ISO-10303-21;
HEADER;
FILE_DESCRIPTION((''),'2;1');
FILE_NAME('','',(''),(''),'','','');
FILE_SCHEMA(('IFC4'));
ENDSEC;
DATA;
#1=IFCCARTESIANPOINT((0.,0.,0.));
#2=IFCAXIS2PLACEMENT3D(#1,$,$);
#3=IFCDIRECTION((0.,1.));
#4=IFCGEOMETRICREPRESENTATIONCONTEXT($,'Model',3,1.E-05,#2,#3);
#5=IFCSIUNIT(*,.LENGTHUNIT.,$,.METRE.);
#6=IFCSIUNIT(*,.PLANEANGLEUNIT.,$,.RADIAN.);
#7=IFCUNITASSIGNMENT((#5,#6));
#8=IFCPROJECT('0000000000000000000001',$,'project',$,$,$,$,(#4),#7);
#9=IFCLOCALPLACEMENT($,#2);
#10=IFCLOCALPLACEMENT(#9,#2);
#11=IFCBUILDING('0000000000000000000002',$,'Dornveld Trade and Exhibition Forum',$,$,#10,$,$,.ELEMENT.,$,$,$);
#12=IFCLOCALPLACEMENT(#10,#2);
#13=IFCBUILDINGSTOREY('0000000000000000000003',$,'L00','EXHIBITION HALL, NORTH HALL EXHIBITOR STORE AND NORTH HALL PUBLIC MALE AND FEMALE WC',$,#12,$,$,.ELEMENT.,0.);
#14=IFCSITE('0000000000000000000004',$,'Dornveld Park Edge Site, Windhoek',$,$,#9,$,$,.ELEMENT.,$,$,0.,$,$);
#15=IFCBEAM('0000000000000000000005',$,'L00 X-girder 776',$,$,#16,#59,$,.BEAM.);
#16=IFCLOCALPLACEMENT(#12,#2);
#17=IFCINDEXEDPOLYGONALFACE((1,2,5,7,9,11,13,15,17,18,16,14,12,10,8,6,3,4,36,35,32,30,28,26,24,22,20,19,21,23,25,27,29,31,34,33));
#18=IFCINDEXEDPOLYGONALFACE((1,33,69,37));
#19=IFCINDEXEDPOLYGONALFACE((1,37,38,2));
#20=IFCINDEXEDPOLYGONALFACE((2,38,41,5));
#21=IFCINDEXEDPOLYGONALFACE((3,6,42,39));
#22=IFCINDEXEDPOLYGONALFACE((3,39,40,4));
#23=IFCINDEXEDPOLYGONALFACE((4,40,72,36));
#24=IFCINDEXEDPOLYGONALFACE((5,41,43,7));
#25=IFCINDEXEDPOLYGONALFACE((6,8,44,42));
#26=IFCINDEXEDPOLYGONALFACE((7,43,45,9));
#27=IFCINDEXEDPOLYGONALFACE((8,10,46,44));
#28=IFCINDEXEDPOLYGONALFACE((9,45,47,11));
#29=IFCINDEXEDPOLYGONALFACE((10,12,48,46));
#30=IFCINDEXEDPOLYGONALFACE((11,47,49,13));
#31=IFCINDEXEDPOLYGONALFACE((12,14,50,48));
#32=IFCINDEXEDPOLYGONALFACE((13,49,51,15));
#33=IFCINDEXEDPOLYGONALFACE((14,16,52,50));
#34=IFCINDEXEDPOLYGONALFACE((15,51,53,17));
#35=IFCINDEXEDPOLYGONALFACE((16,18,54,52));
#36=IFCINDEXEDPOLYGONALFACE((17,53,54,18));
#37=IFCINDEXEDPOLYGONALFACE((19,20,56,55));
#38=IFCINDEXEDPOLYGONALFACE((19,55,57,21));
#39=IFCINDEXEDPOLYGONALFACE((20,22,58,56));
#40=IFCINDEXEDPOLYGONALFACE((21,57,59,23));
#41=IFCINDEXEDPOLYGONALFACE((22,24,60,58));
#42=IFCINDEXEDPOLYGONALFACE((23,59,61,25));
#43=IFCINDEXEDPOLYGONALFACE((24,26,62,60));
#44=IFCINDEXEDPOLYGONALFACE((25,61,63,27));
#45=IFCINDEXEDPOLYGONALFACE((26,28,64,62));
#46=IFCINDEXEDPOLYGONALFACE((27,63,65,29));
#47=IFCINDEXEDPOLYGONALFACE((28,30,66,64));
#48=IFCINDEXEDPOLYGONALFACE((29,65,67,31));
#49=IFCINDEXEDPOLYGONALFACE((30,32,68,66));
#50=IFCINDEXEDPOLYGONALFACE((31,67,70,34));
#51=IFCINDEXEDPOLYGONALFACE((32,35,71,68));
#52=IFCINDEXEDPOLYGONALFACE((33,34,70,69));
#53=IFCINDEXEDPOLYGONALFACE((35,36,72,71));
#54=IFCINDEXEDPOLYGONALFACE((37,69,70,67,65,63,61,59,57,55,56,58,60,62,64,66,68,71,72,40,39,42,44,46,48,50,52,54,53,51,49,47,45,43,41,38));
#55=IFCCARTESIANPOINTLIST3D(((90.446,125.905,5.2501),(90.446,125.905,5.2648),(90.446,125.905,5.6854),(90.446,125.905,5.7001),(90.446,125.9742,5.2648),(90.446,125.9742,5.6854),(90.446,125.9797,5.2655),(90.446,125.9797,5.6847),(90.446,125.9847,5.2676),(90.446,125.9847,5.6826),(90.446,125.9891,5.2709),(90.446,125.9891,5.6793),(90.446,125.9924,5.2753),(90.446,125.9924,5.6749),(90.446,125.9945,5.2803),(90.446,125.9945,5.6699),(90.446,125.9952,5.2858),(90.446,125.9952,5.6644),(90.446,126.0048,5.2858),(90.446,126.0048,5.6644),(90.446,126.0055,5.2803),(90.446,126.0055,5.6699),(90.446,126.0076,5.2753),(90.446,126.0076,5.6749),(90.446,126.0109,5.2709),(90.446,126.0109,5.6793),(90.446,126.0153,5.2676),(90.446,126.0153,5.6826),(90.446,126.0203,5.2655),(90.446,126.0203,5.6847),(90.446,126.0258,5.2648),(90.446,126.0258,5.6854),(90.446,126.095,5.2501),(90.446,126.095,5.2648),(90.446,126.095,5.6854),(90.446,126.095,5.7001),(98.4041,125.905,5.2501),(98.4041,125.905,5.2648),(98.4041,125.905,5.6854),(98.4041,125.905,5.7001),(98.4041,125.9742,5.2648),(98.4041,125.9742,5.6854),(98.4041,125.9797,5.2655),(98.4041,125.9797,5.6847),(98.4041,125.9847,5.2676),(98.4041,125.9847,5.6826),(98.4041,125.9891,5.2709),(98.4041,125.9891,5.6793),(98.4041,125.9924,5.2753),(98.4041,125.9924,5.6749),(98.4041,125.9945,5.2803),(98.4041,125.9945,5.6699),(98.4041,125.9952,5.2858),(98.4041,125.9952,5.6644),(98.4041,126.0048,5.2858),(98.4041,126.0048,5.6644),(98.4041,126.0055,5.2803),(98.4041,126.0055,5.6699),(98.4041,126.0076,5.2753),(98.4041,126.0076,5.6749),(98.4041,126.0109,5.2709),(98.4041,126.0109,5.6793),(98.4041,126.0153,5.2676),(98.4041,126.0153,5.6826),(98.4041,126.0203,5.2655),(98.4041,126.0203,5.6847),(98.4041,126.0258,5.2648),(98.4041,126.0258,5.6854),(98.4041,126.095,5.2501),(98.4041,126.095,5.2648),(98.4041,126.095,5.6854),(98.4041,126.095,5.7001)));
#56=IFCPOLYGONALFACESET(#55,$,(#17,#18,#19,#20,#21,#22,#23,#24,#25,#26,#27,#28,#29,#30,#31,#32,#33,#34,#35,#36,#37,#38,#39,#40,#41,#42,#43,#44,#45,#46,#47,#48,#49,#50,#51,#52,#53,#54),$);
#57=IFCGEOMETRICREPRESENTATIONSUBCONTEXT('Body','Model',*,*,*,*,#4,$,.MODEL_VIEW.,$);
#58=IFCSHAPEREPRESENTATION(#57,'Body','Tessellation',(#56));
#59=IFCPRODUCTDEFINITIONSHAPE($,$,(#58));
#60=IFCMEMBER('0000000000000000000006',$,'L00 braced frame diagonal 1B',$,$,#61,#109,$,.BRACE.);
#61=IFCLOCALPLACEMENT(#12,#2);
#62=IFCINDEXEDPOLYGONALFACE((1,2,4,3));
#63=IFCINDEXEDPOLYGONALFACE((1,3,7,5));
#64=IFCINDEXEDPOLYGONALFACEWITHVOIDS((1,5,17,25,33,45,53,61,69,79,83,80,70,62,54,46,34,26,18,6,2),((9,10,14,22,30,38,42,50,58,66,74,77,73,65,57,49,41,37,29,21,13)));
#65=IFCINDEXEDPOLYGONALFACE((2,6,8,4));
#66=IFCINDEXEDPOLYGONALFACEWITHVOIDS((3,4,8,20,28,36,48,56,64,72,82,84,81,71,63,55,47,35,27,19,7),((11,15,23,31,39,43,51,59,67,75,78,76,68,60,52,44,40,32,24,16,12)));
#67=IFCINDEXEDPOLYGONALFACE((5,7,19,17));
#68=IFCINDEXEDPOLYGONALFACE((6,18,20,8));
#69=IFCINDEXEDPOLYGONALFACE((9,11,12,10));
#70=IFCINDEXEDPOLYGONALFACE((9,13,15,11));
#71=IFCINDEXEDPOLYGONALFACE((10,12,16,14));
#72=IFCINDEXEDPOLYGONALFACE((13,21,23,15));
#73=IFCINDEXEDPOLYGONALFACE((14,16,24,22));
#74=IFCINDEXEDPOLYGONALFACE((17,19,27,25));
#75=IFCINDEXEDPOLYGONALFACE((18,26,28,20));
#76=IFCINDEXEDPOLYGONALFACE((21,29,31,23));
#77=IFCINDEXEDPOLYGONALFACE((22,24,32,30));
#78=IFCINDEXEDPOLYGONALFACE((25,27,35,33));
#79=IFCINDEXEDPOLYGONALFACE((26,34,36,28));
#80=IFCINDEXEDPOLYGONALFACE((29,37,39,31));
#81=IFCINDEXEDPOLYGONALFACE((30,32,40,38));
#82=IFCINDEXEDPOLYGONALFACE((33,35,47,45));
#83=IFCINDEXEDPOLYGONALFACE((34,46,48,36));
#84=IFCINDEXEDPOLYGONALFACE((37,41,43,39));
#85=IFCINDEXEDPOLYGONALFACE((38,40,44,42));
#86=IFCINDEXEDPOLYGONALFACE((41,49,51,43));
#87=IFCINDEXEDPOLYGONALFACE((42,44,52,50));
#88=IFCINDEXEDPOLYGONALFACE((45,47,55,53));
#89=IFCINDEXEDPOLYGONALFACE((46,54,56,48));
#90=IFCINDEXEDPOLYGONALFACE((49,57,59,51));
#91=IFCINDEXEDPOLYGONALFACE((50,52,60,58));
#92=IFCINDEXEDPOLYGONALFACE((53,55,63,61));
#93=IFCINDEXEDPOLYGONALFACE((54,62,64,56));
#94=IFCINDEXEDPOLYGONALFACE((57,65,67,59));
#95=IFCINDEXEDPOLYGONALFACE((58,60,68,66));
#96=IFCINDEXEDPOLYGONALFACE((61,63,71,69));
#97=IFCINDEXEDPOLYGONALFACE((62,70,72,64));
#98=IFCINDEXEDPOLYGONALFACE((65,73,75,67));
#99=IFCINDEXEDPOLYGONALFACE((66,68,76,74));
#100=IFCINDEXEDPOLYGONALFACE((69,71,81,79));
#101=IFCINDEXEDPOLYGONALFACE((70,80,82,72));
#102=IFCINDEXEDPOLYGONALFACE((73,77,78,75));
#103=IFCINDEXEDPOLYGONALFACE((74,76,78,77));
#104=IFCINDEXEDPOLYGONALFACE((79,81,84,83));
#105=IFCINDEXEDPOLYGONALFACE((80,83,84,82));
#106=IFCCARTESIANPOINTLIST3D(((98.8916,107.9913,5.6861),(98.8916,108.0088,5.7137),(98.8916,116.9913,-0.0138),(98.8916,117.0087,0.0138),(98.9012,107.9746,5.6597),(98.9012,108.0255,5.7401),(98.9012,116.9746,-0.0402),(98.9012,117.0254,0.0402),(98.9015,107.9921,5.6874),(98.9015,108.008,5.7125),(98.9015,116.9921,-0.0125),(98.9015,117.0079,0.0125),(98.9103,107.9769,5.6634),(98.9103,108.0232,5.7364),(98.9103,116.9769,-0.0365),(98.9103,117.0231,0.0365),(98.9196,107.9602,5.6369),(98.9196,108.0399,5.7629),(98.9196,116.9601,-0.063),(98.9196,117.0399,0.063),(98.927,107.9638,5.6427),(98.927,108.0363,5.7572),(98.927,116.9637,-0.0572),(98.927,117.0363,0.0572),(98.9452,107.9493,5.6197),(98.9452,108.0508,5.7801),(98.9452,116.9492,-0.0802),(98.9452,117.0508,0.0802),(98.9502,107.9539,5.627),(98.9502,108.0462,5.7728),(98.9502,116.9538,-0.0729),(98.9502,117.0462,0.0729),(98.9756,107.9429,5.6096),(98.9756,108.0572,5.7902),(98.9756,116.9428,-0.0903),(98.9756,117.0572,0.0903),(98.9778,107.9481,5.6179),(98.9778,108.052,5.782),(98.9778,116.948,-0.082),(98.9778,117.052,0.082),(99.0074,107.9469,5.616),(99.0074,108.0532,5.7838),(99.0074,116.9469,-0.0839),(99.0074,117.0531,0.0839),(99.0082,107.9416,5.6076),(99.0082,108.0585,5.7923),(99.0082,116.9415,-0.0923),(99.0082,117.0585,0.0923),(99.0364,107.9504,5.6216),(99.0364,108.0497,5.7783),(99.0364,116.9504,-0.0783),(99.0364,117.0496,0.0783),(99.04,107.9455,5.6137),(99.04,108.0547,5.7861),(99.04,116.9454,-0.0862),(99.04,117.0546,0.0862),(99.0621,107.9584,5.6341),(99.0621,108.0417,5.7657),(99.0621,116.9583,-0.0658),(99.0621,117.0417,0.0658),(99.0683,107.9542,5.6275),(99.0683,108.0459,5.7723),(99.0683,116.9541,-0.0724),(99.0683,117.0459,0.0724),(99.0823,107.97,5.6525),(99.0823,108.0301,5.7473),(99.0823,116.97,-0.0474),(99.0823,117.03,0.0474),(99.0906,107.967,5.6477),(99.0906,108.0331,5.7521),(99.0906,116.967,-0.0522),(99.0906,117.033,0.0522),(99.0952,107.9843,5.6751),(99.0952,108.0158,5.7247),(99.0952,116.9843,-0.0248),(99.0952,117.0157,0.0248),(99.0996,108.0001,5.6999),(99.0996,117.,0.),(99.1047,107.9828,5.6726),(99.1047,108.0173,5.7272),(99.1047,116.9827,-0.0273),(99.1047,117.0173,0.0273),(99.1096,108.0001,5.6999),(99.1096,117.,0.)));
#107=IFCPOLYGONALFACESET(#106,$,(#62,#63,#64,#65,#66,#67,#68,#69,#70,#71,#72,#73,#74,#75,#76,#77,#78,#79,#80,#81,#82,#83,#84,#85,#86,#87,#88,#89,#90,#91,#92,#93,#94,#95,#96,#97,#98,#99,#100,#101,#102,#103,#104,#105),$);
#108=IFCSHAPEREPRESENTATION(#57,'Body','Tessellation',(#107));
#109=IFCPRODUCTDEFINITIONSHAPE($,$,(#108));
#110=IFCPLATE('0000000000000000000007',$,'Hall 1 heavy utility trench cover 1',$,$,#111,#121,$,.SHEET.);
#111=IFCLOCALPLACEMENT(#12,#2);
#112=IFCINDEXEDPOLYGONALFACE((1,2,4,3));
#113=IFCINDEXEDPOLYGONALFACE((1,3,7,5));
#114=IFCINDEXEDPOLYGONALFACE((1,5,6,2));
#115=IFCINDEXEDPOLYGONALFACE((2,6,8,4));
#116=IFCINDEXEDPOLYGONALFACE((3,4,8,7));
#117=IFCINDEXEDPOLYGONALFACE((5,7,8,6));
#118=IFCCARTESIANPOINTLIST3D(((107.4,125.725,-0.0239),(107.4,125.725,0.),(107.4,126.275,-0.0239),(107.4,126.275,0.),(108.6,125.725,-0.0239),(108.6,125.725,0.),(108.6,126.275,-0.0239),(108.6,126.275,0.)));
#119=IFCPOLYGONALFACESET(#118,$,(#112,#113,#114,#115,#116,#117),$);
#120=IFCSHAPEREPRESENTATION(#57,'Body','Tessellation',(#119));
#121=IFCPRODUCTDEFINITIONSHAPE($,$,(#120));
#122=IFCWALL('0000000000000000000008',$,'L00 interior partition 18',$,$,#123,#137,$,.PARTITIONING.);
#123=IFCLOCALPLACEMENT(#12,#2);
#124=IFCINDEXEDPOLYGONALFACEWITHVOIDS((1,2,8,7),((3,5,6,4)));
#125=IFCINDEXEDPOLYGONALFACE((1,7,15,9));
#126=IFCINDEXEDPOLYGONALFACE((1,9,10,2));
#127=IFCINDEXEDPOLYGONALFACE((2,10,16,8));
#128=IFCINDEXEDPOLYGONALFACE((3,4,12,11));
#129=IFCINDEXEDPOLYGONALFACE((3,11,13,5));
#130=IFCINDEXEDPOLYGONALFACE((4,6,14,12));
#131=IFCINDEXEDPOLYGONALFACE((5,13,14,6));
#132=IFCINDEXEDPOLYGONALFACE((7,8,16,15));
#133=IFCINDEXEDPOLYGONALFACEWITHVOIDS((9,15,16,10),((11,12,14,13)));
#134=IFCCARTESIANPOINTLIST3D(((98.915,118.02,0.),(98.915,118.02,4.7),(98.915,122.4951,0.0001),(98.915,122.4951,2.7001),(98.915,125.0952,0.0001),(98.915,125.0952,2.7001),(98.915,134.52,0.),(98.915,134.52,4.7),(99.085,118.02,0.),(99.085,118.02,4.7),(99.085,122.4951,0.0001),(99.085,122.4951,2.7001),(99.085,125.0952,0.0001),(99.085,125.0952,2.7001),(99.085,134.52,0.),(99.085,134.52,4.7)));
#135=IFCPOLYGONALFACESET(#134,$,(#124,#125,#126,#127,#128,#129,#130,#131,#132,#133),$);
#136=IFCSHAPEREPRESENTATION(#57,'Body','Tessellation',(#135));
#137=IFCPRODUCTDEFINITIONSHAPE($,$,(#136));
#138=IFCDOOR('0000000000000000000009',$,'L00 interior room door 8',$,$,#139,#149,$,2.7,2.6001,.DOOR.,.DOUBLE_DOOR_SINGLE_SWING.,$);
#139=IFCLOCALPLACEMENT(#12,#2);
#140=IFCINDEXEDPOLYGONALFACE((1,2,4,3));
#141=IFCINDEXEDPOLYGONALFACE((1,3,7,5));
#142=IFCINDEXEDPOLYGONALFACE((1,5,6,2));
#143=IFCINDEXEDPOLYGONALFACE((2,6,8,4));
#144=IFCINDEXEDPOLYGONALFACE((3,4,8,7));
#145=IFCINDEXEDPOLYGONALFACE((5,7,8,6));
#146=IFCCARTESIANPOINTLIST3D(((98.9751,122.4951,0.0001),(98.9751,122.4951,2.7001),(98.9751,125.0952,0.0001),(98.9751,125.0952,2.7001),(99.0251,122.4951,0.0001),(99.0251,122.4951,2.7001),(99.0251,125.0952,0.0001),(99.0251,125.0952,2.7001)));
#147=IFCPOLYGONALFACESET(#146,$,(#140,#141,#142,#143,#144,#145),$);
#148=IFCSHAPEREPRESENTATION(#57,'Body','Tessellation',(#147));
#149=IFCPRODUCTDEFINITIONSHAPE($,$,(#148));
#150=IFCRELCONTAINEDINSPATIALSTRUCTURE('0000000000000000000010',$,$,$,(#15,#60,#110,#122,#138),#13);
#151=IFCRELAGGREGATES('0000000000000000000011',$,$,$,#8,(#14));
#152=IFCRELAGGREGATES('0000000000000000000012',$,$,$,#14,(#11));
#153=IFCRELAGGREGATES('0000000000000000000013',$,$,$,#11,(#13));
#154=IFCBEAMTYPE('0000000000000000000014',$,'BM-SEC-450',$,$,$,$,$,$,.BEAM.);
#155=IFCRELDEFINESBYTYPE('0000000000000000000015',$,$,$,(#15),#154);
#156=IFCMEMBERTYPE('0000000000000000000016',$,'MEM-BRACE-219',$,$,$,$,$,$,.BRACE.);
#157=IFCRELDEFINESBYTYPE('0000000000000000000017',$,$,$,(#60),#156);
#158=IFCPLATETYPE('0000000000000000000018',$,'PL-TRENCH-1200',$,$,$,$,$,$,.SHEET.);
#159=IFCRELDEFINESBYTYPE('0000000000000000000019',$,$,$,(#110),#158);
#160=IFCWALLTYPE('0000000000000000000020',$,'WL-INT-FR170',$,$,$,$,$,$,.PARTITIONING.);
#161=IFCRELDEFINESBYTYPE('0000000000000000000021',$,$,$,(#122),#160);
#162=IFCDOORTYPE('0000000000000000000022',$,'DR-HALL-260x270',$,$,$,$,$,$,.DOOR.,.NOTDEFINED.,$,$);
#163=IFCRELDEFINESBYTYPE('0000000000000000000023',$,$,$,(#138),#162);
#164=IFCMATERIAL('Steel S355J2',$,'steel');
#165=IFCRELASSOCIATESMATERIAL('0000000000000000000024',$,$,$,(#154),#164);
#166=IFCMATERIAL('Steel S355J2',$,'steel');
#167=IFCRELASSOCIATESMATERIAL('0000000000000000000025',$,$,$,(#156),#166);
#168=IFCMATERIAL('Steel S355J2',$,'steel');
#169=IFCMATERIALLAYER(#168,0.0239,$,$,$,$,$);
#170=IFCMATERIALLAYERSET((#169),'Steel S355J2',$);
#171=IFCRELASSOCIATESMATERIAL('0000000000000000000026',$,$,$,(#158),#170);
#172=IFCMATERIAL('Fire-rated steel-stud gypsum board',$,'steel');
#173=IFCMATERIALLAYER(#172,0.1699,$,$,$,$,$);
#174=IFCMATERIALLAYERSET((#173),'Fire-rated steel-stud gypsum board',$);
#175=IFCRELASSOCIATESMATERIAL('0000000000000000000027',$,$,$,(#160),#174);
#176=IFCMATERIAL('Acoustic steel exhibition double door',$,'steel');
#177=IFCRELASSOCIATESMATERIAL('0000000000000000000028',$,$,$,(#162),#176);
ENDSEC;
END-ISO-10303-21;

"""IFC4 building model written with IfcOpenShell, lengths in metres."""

from ifc_helpers import new_model, si_unit, direction, frame, frame_2d, origin, origin_2d, place, context, subcontext, project, spatial, rectangle, hollow_circle, i_section, extrude, material, layer, layer_set, material_profile, profile_set, type_object, element, fill, save


model = new_model("IFC4")

# Units and contexts
model_context = context("Model", 3, precision=1e-05, world=origin(), true_north=direction((0.0, 1.0)))
body_context = subcontext(model_context, "Body", "Model", "MODEL_VIEW")
ifc_project = project(units=[si_unit("LENGTHUNIT", "METRE"), si_unit("PLANEANGLEUNIT", "RADIAN")], contexts=[model_context])

# Site, building, storey
site_placement = place(None, origin())
site = spatial("IfcSite", under=ifc_project, at=site_placement, Name="Dornveld Park Edge Site, Windhoek", CompositionType="ELEMENT", RefElevation=0.0)
building_placement = place(site_placement, origin())
building = spatial("IfcBuilding", under=site, at=building_placement, Name="Dornveld Trade and Exhibition Forum", CompositionType="ELEMENT")
storey_placement = place(building_placement, origin())
storey = spatial("IfcBuildingStorey", under=building, at=storey_placement, Name="L00", Description="EXHIBITION HALL, NORTH HALL EXHIBITOR STORE AND NORTH HALL PUBLIC MALE AND FEMALE WC", CompositionType="ELEMENT", Elevation=0.0)

# Beam
ifc_material_1 = material(Name="Steel S355J2", Category="steel")
ifc_material_profile_1 = material_profile(ifc_material_1, i_section(OverallWidth=0.1899, OverallDepth=0.45, WebThickness=0.0095, FlangeThickness=0.0146, FilletRadius=0.021, at=origin_2d()), Name="IPE 450")
ifc_profile_set_1 = profile_set([ifc_material_profile_1], Name="Steel S355J2")
beam_type_1 = type_object("IfcBeamType", Name="BM-SEC-450", PredefinedType="BEAM", material=ifc_profile_set_1)
for number, where, z_axis, x_axis, name in (
    (1, (90.446, 126.0, 5.4751), (1.0, 0.0, 0.0), (0.0, 1.0, 0.0), "L00 X-girder 776"),
):
    element("IfcBeam", number, at=place(storey_placement, frame(where, z_axis=z_axis, x_axis=x_axis)), inside=storey, type_object=beam_type_1, Name=name, PredefinedType="BEAM", context=body_context, shape_type="SweptSolid", body=[
        extrude(i_section(OverallWidth=0.1899, OverallDepth=0.45, WebThickness=0.0095, FlangeThickness=0.0146, FilletRadius=0.021, at=origin_2d()), origin(), (0.0, 0.0, 1.0), 7.958),
    ])

# Member
ifc_material_2 = material(Name="Steel S355J2", Category="steel")
ifc_material_profile_2 = material_profile(ifc_material_2, hollow_circle(Radius=0.1096, WallThickness=0.01, at=origin_2d()), Name="CHS 219.1x10")
ifc_profile_set_2 = profile_set([ifc_material_profile_2], Name="Steel S355J2")
member_type = type_object("IfcMemberType", Name="MEM-BRACE-219", PredefinedType="BRACE", material=ifc_profile_set_2)
member_placement = place(storey_placement, frame((99.0, 117.0, 0.0), z_axis=(0.0, -0.844821, 0.535049), x_axis=(1.0, 0.0, 0.0)))
element("IfcMember", 2, at=member_placement, inside=storey, type_object=member_type, Name="L00 braced frame diagonal 1B", PredefinedType="BRACE", context=body_context, shape_type="SweptSolid", body=[
    extrude(hollow_circle(Radius=0.1096, WallThickness=0.01, at=origin_2d()), origin(), (0.0, 0.0, 1.0), 10.6531),
])

# Plate
ifc_material_3 = material(Name="Steel S355J2", Category="steel")
ifc_layer_1 = layer(ifc_material_3, 0.0239)
ifc_layer_set_1 = layer_set([ifc_layer_1], Name="Steel S355J2")
plate_type = type_object("IfcPlateType", Name="PL-TRENCH-1200", PredefinedType="SHEET", material=ifc_layer_set_1)
plate_placement = place(storey_placement, frame((108.0, 126.0, -0.0239), z_axis=(0.0, 0.0, 1.0), x_axis=(1.0, 0.0, 0.0)))
element("IfcPlate", 3, at=plate_placement, inside=storey, type_object=plate_type, Name="Hall 1 heavy utility trench cover 1", PredefinedType="SHEET", context=body_context, shape_type="SweptSolid", body=[
    extrude(rectangle(XDim=1.2, YDim=0.55, at=origin_2d()), origin(), (0.0, 0.0, 1.0), 0.0239),
])

# Wall, opening, door
ifc_material_4 = material(Name="Fire-rated steel-stud gypsum board", Category="steel")
ifc_layer_2 = layer(ifc_material_4, 0.1699)
ifc_layer_set_2 = layer_set([ifc_layer_2], Name="Fire-rated steel-stud gypsum board")
wall_type_1 = type_object("IfcWallType", Name="WL-INT-FR170", PredefinedType="PARTITIONING", material=ifc_layer_set_2)
wall_1_placement = place(storey_placement, frame((99.0, 118.02, 0.0), z_axis=(0.0, 0.0, 1.0), x_axis=(0.0, 1.0, 0.0)))
wall_1 = element("IfcWall", 4, at=wall_1_placement, inside=storey, type_object=wall_type_1, Name="L00 interior partition 18", PredefinedType="PARTITIONING", context=body_context, shape_type="SweptSolid", body=[
    extrude(rectangle(XDim=16.5, YDim=0.1699, at=frame_2d((8.25, 0.0))), origin(), (0.0, 0.0, 1.0), 4.7),
])
opening_1_placement = place(wall_1_placement, frame((4.4751, 0.0, 0.0)))
opening_1 = element("IfcOpeningElement", 5, at=opening_1_placement, cuts=wall_1, PredefinedType="OPENING", context=body_context, shape_type="SweptSolid", body=[
    extrude(rectangle(XDim=2.6001, YDim=2.7, at=frame_2d((1.3, 1.3501))), frame((0.0, 0.095, 0.0), z_axis=(0.0, -1.0, 0.0), x_axis=(1.0, 0.0, 0.0)), (0.0, 0.0, 1.0), 0.1899),
])
ifc_material_5 = material(Name="Acoustic steel exhibition double door", Category="steel")
door_type_1 = type_object("IfcDoorType", Name="DR-HALL-260x270", OperationType="NOTDEFINED", PredefinedType="DOOR", material=ifc_material_5)
door_1_placement = place(opening_1_placement, origin())
door_1 = element("IfcDoor", 6, at=door_1_placement, inside=storey, type_object=door_type_1, Name="L00 interior room door 8", OperationType="DOUBLE_DOOR_SINGLE_SWING", OverallHeight=2.7, OverallWidth=2.6001, PredefinedType="DOOR", context=body_context, shape_type="SweptSolid", body=[
    extrude(rectangle(XDim=2.6001, YDim=2.7, at=frame_2d((1.3, 1.3501))), frame((0.0, 0.0249, 0.0), z_axis=(0.0, -1.0, 0.0), x_axis=(1.0, 0.0, 0.0)), (0.0, 0.0, 1.0), 0.05),
])
fill(opening_1, door_1)

save(model, "model.ifc")
